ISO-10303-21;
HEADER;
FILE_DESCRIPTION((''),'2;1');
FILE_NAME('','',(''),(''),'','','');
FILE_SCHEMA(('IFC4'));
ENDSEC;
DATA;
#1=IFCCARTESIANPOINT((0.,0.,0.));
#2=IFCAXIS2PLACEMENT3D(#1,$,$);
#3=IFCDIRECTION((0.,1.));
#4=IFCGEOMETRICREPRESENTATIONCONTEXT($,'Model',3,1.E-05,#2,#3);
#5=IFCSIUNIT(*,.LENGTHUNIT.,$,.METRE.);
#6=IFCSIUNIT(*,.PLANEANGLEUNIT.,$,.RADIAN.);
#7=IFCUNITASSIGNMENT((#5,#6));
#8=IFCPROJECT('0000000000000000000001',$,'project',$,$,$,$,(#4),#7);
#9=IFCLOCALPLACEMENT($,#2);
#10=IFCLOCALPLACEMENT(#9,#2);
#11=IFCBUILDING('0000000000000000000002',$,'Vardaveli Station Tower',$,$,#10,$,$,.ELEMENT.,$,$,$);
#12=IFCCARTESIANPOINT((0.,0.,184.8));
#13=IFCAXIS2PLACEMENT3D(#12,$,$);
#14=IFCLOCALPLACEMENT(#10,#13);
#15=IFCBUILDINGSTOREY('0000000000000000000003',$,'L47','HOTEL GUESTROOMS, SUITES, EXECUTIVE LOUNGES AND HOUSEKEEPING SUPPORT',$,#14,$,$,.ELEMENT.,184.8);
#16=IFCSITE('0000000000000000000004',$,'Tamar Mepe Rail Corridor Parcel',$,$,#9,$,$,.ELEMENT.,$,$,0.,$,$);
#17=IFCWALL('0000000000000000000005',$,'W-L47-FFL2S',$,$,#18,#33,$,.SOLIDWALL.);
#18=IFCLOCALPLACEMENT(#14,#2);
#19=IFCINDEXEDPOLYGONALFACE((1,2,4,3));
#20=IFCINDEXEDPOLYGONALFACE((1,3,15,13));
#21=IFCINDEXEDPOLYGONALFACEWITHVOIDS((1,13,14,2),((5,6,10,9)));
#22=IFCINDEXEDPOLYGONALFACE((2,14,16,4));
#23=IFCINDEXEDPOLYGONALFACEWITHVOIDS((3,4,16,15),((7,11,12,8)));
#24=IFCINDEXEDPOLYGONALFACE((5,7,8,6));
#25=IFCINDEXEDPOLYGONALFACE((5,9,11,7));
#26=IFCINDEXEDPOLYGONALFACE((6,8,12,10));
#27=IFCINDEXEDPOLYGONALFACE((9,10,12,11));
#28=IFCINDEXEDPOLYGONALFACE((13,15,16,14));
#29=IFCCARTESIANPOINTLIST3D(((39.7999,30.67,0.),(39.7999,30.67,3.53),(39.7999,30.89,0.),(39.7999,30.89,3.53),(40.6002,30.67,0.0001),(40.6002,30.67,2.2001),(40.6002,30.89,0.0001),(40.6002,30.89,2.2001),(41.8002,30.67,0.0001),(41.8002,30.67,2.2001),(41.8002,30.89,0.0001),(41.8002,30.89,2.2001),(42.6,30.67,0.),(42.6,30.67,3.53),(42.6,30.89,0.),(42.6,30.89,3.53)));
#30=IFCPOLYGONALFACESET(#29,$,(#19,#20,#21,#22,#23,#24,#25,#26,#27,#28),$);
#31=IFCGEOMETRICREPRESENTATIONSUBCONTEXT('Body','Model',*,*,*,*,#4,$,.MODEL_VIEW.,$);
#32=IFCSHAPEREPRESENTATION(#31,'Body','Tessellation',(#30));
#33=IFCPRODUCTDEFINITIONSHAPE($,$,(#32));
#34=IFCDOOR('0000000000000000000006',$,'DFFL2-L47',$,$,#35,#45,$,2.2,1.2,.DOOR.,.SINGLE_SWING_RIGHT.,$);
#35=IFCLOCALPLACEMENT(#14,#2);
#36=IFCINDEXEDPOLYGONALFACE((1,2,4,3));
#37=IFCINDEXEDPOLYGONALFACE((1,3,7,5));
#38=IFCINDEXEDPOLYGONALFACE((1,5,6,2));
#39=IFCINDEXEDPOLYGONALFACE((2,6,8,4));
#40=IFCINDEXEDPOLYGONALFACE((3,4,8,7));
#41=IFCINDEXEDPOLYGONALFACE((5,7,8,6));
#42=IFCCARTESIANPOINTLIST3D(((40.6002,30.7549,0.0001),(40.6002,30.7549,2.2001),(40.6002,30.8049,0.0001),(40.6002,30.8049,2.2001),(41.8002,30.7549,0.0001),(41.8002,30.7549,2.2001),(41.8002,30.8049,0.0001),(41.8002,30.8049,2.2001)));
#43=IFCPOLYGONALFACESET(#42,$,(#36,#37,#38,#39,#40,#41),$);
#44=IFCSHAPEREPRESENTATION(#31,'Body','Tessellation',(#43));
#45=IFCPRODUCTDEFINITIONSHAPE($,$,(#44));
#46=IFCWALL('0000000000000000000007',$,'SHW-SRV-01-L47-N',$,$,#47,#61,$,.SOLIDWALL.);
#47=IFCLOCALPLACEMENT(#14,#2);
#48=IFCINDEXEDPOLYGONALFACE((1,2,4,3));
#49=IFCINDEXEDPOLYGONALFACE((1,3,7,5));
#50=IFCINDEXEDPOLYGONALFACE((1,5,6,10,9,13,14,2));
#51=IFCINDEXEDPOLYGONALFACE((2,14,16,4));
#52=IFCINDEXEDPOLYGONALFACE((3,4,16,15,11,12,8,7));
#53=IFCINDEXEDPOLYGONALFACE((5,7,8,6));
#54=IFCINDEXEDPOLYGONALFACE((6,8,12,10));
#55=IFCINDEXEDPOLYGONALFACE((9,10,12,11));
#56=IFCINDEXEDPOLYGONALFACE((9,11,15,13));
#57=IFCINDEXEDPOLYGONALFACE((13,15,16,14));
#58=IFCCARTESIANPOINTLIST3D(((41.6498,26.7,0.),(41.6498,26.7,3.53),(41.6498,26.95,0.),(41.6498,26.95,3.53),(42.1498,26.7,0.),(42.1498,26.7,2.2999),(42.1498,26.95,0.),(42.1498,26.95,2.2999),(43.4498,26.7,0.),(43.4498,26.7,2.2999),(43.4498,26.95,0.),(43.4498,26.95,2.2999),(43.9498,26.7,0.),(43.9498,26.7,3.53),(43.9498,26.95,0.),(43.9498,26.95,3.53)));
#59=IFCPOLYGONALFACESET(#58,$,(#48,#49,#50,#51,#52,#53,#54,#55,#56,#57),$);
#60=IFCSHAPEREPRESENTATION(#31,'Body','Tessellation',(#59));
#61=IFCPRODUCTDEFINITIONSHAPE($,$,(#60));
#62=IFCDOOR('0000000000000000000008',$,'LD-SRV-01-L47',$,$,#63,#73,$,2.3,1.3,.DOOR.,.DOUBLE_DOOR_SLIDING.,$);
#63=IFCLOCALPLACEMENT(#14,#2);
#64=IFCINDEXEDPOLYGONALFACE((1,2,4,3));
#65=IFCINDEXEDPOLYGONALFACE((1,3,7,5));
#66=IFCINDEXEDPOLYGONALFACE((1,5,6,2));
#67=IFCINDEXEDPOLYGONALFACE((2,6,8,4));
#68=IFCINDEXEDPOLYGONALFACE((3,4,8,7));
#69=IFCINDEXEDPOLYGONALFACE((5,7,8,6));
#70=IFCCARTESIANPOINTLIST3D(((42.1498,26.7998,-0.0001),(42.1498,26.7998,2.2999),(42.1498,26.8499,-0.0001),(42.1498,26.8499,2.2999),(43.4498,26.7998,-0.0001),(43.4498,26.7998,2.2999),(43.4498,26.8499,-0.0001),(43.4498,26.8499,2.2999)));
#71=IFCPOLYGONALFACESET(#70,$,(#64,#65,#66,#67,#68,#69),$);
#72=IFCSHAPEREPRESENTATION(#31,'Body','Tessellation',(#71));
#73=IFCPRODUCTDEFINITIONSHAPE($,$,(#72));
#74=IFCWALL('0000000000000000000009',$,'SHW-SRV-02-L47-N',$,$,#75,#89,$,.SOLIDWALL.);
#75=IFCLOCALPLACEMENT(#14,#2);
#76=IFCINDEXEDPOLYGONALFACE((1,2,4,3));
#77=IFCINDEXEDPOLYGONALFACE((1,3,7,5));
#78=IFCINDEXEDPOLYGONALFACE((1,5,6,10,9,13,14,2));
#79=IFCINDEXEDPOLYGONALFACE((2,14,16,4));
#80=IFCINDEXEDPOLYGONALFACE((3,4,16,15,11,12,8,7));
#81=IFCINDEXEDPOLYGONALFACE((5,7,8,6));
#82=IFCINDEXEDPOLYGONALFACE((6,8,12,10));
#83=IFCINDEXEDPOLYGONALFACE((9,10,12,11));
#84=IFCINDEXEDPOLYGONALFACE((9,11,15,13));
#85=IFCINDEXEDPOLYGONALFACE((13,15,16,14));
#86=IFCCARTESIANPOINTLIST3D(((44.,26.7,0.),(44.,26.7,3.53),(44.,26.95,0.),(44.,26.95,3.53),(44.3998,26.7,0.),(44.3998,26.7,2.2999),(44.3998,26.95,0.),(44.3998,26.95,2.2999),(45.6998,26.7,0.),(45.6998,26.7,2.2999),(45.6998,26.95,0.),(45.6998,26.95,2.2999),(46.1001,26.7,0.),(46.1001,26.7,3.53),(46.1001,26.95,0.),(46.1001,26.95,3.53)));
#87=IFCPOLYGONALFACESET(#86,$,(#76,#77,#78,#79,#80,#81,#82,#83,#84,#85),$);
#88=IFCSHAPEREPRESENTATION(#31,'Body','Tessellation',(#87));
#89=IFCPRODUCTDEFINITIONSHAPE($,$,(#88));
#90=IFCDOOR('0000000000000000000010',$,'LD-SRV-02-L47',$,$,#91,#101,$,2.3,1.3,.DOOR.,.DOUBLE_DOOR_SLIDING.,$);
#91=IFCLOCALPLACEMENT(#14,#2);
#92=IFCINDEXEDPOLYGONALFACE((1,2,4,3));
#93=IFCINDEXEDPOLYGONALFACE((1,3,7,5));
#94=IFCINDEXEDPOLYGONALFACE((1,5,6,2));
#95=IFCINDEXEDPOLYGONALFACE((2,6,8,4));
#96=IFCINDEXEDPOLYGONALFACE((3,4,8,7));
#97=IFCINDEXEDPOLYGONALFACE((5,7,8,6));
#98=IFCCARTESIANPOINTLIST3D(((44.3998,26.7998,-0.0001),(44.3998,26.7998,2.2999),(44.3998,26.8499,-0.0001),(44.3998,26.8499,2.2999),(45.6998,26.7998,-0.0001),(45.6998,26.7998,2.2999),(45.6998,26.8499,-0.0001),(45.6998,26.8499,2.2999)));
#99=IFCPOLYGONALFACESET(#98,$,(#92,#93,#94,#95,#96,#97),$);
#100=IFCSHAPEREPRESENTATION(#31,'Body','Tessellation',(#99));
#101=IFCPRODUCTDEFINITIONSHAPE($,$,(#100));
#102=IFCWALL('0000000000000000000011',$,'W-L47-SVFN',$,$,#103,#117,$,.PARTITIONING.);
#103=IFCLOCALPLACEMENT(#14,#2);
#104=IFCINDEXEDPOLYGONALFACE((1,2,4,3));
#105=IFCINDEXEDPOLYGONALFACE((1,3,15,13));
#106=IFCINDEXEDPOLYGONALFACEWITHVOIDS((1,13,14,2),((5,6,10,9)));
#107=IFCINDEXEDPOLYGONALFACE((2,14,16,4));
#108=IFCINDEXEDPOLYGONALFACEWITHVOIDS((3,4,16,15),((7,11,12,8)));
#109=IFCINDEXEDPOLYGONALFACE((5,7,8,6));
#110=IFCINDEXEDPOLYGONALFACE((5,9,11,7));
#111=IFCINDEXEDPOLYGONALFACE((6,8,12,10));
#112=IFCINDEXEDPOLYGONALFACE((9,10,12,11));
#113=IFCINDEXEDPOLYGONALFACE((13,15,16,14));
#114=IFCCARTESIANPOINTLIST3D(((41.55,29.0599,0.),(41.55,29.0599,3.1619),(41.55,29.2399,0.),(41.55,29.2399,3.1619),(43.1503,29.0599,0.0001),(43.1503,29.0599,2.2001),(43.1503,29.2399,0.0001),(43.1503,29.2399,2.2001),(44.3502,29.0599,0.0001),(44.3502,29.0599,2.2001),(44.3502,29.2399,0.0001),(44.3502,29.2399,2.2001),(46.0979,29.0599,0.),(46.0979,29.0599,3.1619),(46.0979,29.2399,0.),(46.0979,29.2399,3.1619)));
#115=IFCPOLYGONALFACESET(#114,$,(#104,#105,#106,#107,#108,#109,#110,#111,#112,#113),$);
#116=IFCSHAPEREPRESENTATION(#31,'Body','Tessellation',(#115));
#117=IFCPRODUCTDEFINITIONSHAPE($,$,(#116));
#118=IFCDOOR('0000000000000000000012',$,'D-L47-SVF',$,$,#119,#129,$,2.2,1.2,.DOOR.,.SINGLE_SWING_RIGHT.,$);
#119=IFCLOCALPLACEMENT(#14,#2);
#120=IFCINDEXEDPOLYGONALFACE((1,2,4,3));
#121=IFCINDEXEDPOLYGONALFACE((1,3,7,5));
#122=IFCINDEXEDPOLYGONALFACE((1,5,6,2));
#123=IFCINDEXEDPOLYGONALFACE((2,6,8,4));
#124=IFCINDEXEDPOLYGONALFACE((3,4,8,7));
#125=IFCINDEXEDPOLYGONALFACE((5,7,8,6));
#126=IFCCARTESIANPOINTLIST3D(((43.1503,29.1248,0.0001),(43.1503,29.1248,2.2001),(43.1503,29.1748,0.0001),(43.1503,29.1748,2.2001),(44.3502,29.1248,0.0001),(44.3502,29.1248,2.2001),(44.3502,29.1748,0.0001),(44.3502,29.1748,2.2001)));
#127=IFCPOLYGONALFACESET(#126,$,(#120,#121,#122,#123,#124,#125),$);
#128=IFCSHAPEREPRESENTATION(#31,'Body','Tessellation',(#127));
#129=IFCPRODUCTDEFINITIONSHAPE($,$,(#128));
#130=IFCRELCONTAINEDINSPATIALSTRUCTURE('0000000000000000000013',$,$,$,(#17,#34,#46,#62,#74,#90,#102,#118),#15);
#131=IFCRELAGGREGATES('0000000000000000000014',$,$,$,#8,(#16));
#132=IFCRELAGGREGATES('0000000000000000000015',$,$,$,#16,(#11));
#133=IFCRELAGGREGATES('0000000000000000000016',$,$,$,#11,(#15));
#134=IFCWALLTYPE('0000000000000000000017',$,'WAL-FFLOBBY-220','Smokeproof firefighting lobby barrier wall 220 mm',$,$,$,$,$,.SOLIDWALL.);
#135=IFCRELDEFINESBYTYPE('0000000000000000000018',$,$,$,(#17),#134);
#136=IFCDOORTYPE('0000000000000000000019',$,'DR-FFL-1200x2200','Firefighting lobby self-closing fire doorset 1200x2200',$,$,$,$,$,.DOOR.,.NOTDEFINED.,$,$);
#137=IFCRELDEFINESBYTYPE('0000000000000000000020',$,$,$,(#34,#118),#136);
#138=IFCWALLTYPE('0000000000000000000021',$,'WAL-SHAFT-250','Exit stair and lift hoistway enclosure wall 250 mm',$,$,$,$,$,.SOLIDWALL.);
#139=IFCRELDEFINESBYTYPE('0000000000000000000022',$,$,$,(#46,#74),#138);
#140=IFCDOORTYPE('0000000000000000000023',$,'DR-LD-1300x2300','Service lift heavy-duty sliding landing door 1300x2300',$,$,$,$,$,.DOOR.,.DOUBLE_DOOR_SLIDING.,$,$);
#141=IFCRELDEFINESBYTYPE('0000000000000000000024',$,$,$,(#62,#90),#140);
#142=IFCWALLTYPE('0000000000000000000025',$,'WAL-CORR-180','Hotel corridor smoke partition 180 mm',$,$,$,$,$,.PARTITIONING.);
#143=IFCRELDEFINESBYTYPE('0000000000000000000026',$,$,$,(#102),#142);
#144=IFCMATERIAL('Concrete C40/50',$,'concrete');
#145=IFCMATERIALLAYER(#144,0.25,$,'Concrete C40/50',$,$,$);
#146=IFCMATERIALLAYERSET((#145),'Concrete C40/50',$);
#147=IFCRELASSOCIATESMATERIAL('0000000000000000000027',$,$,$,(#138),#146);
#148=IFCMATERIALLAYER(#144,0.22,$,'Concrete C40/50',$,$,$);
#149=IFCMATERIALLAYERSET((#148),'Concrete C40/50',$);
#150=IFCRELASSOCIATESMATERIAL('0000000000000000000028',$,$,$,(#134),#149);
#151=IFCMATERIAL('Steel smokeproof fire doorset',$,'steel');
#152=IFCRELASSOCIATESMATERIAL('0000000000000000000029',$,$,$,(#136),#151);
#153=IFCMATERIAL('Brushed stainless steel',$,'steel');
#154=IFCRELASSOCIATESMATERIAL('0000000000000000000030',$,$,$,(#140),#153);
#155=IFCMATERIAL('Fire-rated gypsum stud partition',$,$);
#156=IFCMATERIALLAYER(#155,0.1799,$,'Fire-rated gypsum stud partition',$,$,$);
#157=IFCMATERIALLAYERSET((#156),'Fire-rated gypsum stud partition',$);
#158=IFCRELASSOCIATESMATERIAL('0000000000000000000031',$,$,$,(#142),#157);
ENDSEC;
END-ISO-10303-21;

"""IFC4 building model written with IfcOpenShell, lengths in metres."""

from ifc_helpers import new_model, si_unit, direction, frame, frame_2d, origin, place, context, subcontext, project, spatial, rectangle, extrude, source, transform, mapped, material, layer, layer_set, type_object, element, fill, save


model = new_model("IFC4")

# Units and contexts
model_context = context("Model", 3, precision=1e-05, world=origin(), true_north=direction((0.0, 1.0)))
body_context = subcontext(model_context, "Body", "Model", "MODEL_VIEW")
ifc_project = project(units=[si_unit("LENGTHUNIT", "METRE"), si_unit("PLANEANGLEUNIT", "RADIAN")], contexts=[model_context])

# Site, building, storey
site_placement = place(None, origin())
site = spatial("IfcSite", under=ifc_project, at=site_placement, Name="Tamar Mepe Rail Corridor Parcel", CompositionType="ELEMENT", RefElevation=0.0)
building_placement = place(site_placement, origin())
building = spatial("IfcBuilding", under=site, at=building_placement, Name="Vardaveli Station Tower", CompositionType="ELEMENT")
storey_placement = place(building_placement, frame((0.0, 0.0, 184.8)))
storey = spatial("IfcBuildingStorey", under=building, at=storey_placement, Name="L47", Description="HOTEL GUESTROOMS, SUITES, EXECUTIVE LOUNGES AND HOUSEKEEPING SUPPORT", CompositionType="ELEMENT", Elevation=184.8)

# Shared definitions
ifc_material_1 = material(Name="Concrete C40/50", Category="concrete")
ifc_layer_1 = layer(ifc_material_1, 0.25, Name="Concrete C40/50")
ifc_layer_set_1 = layer_set([ifc_layer_1], Name="Concrete C40/50")
wall_type_1 = type_object("IfcWallType", Name="WAL-SHAFT-250", Description="Exit stair and lift hoistway enclosure wall 250 mm", PredefinedType="SOLIDWALL", material=ifc_layer_set_1)

# Walls, openings, doors
ifc_material_2 = material(Name="Steel smokeproof fire doorset", Category="steel")
ifc_layer_2 = layer(ifc_material_1, 0.22, Name="Concrete C40/50")
ifc_layer_set_2 = layer_set([ifc_layer_2], Name="Concrete C40/50")
wall_type_2 = type_object("IfcWallType", Name="WAL-FFLOBBY-220", Description="Smokeproof firefighting lobby barrier wall 220 mm", PredefinedType="SOLIDWALL", material=ifc_layer_set_2)
shared_shape_1 = source(origin(), body_context, "Body", "SweptSolid", [
    extrude(rectangle(XDim=2.8, YDim=0.22, at=frame_2d((1.3999, 0.0))), origin(), (0.0, 0.0, 1.0), 3.53),
])
wall_1_placement = place(storey_placement, frame((39.8, 30.78, 0.0), z_axis=(0.0, 0.0, 1.0), x_axis=(1.0, 0.0, 0.0)))
wall_1 = element("IfcWall", 1, at=wall_1_placement, inside=storey, type_object=wall_type_2, Name="W-L47-FFL2S", PredefinedType="SOLIDWALL", context=body_context, shape_type="MappedRepresentation", body=[
    mapped(shared_shape_1, transform((0.0, 0.0, 0.0), scale=1.0)),
])
shared_shape_2 = source(origin(), body_context, "Body", "SweptSolid", [
    extrude(rectangle(XDim=1.2, YDim=2.2, at=frame_2d((0.6001, 1.1001))), frame((0.0, 0.1201, 0.0), z_axis=(0.0, -1.0, 0.0), x_axis=(1.0, 0.0, 0.0)), (0.0, 0.0, 1.0), 0.24),
])
opening_1_placement = place(wall_1_placement, frame((0.8, 0.0, 0.0)))
opening_1 = element("IfcOpeningElement", 2, at=opening_1_placement, cuts=wall_1, PredefinedType="OPENING", context=body_context, shape_type="MappedRepresentation", body=[
    mapped(shared_shape_2, transform((0.0, 0.0, 0.0), scale=1.0)),
])
door_type_1 = type_object("IfcDoorType", Name="DR-FFL-1200x2200", Description="Firefighting lobby self-closing fire doorset 1200x2200", OperationType="NOTDEFINED", PredefinedType="DOOR", material=ifc_material_2)
shared_shape_3 = source(origin(), body_context, "Body", "SweptSolid", [
    extrude(rectangle(XDim=1.2, YDim=2.2, at=frame_2d((0.6001, 1.1001))), frame((0.0, 0.0249, 0.0), z_axis=(0.0, -1.0, 0.0), x_axis=(1.0, 0.0, 0.0)), (0.0, 0.0, 1.0), 0.05),
])
door_1_placement = place(opening_1_placement, origin())
door_1 = element("IfcDoor", 3, at=door_1_placement, inside=storey, type_object=door_type_1, Name="DFFL2-L47", OperationType="SINGLE_SWING_RIGHT", OverallHeight=2.2, OverallWidth=1.2, PredefinedType="DOOR", context=body_context, shape_type="MappedRepresentation", body=[
    mapped(shared_shape_3, transform((0.0, 0.0, 0.0), scale=1.0)),
])
fill(opening_1, door_1)
shared_shape_4 = source(origin(), body_context, "Body", "SweptSolid", [
    extrude(rectangle(XDim=2.3, YDim=0.25, at=frame_2d((1.1499, 0.0))), origin(), (0.0, 0.0, 1.0), 3.53),
])
wall_2_placement = place(storey_placement, frame((41.6499, 26.825, 0.0), z_axis=(0.0, 0.0, 1.0), x_axis=(1.0, 0.0, 0.0)))
wall_2 = element("IfcWall", 4, at=wall_2_placement, inside=storey, type_object=wall_type_1, Name="SHW-SRV-01-L47-N", PredefinedType="SOLIDWALL", context=body_context, shape_type="MappedRepresentation", body=[
    mapped(shared_shape_4, transform((0.0, 0.0, 0.0), scale=1.0)),
])
shared_shape_5 = source(origin(), body_context, "Body", "SweptSolid", [
    extrude(rectangle(XDim=1.3, YDim=2.3, at=frame_2d((0.6499, 1.1499))), frame((0.0, 0.135, 0.0), z_axis=(0.0, -1.0, 0.0), x_axis=(1.0, 0.0, 0.0)), (0.0, 0.0, 1.0), 0.27),
])
opening_2_placement = place(wall_2_placement, frame((0.5, 0.0, 0.0)))
opening_2 = element("IfcOpeningElement", 5, at=opening_2_placement, cuts=wall_2, PredefinedType="OPENING", context=body_context, shape_type="MappedRepresentation", body=[
    mapped(shared_shape_5, transform((0.0, 0.0, 0.0), scale=1.0)),
])
ifc_material_3 = material(Name="Brushed stainless steel", Category="steel")
door_type_2 = type_object("IfcDoorType", Name="DR-LD-1300x2300", Description="Service lift heavy-duty sliding landing door 1300x2300", OperationType="DOUBLE_DOOR_SLIDING", PredefinedType="DOOR", material=ifc_material_3)
shared_shape_6 = source(origin(), body_context, "Body", "SweptSolid", [
    extrude(rectangle(XDim=1.3, YDim=2.3, at=frame_2d((0.6499, 1.1499))), frame((0.0, 0.0249, 0.0), z_axis=(0.0, -1.0, 0.0), x_axis=(1.0, 0.0, 0.0)), (0.0, 0.0, 1.0), 0.05),
])
door_2_placement = place(opening_2_placement, origin())
door_2 = element("IfcDoor", 6, at=door_2_placement, inside=storey, type_object=door_type_2, Name="LD-SRV-01-L47", OperationType="DOUBLE_DOOR_SLIDING", OverallHeight=2.3, OverallWidth=1.3, PredefinedType="DOOR", context=body_context, shape_type="MappedRepresentation", body=[
    mapped(shared_shape_6, transform((0.0, 0.0, 0.0), scale=1.0)),
])
fill(opening_2, door_2)
shared_shape_7 = source(origin(), body_context, "Body", "SweptSolid", [
    extrude(rectangle(XDim=2.1001, YDim=0.25, at=frame_2d((1.05, 0.0))), origin(), (0.0, 0.0, 1.0), 3.53),
])
wall_3_placement = place(storey_placement, frame((44.0, 26.825, 0.0), z_axis=(0.0, 0.0, 1.0), x_axis=(1.0, 0.0, 0.0)))
wall_3 = element("IfcWall", 7, at=wall_3_placement, inside=storey, type_object=wall_type_1, Name="SHW-SRV-02-L47-N", PredefinedType="SOLIDWALL", context=body_context, shape_type="MappedRepresentation", body=[
    mapped(shared_shape_7, transform((0.0, 0.0, 0.0), scale=1.0)),
])
opening_3_placement = place(wall_3_placement, frame((0.3999, 0.0, 0.0)))
opening_3 = element("IfcOpeningElement", 8, at=opening_3_placement, cuts=wall_3, PredefinedType="OPENING", context=body_context, shape_type="MappedRepresentation", body=[
    mapped(shared_shape_5, transform((0.0, 0.0, 0.0), scale=1.0)),
])
door_3_placement = place(opening_3_placement, origin())
door_3 = element("IfcDoor", 9, at=door_3_placement, inside=storey, type_object=door_type_2, Name="LD-SRV-02-L47", OperationType="DOUBLE_DOOR_SLIDING", OverallHeight=2.3, OverallWidth=1.3, PredefinedType="DOOR", context=body_context, shape_type="MappedRepresentation", body=[
    mapped(shared_shape_6, transform((0.0, 0.0, 0.0), scale=1.0)),
])
fill(opening_3, door_3)
ifc_material_4 = material(Name="Fire-rated gypsum stud partition")
ifc_layer_3 = layer(ifc_material_4, 0.1799, Name="Fire-rated gypsum stud partition")
ifc_layer_set_3 = layer_set([ifc_layer_3], Name="Fire-rated gypsum stud partition")
wall_type_3 = type_object("IfcWallType", Name="WAL-CORR-180", Description="Hotel corridor smoke partition 180 mm", PredefinedType="PARTITIONING", material=ifc_layer_set_3)
shared_shape_8 = source(origin(), body_context, "Body", "SweptSolid", [
    extrude(rectangle(XDim=4.5479, YDim=0.1799, at=frame_2d((2.2739, 0.0))), origin(), (0.0, 0.0, 1.0), 3.1619),
])
wall_4_placement = place(storey_placement, frame((41.55, 29.1499, 0.0), z_axis=(0.0, 0.0, 1.0), x_axis=(1.0, 0.0, 0.0)))
wall_4 = element("IfcWall", 10, at=wall_4_placement, inside=storey, type_object=wall_type_3, Name="W-L47-SVFN", PredefinedType="PARTITIONING", context=body_context, shape_type="MappedRepresentation", body=[
    mapped(shared_shape_8, transform((0.0, 0.0, 0.0), scale=1.0)),
])
shared_shape_9 = source(origin(), body_context, "Body", "SweptSolid", [
    extrude(rectangle(XDim=1.2, YDim=2.2, at=frame_2d((0.6001, 1.1001))), frame((0.0, 0.1001, 0.0), z_axis=(0.0, -1.0, 0.0), x_axis=(1.0, 0.0, 0.0)), (0.0, 0.0, 1.0), 0.2),
])
opening_4_placement = place(wall_4_placement, frame((1.6001, 0.0, 0.0)))
opening_4 = element("IfcOpeningElement", 11, at=opening_4_placement, cuts=wall_4, PredefinedType="OPENING", context=body_context, shape_type="MappedRepresentation", body=[
    mapped(shared_shape_9, transform((0.0, 0.0, 0.0), scale=1.0)),
])
door_4_placement = place(opening_4_placement, origin())
door_4 = element("IfcDoor", 12, at=door_4_placement, inside=storey, type_object=door_type_1, Name="D-L47-SVF", OperationType="SINGLE_SWING_RIGHT", OverallHeight=2.2, OverallWidth=1.2, PredefinedType="DOOR", context=body_context, shape_type="MappedRepresentation", body=[
    mapped(shared_shape_3, transform((0.0, 0.0, 0.0), scale=1.0)),
])
fill(opening_4, door_4)

save(model, "model.ifc")
